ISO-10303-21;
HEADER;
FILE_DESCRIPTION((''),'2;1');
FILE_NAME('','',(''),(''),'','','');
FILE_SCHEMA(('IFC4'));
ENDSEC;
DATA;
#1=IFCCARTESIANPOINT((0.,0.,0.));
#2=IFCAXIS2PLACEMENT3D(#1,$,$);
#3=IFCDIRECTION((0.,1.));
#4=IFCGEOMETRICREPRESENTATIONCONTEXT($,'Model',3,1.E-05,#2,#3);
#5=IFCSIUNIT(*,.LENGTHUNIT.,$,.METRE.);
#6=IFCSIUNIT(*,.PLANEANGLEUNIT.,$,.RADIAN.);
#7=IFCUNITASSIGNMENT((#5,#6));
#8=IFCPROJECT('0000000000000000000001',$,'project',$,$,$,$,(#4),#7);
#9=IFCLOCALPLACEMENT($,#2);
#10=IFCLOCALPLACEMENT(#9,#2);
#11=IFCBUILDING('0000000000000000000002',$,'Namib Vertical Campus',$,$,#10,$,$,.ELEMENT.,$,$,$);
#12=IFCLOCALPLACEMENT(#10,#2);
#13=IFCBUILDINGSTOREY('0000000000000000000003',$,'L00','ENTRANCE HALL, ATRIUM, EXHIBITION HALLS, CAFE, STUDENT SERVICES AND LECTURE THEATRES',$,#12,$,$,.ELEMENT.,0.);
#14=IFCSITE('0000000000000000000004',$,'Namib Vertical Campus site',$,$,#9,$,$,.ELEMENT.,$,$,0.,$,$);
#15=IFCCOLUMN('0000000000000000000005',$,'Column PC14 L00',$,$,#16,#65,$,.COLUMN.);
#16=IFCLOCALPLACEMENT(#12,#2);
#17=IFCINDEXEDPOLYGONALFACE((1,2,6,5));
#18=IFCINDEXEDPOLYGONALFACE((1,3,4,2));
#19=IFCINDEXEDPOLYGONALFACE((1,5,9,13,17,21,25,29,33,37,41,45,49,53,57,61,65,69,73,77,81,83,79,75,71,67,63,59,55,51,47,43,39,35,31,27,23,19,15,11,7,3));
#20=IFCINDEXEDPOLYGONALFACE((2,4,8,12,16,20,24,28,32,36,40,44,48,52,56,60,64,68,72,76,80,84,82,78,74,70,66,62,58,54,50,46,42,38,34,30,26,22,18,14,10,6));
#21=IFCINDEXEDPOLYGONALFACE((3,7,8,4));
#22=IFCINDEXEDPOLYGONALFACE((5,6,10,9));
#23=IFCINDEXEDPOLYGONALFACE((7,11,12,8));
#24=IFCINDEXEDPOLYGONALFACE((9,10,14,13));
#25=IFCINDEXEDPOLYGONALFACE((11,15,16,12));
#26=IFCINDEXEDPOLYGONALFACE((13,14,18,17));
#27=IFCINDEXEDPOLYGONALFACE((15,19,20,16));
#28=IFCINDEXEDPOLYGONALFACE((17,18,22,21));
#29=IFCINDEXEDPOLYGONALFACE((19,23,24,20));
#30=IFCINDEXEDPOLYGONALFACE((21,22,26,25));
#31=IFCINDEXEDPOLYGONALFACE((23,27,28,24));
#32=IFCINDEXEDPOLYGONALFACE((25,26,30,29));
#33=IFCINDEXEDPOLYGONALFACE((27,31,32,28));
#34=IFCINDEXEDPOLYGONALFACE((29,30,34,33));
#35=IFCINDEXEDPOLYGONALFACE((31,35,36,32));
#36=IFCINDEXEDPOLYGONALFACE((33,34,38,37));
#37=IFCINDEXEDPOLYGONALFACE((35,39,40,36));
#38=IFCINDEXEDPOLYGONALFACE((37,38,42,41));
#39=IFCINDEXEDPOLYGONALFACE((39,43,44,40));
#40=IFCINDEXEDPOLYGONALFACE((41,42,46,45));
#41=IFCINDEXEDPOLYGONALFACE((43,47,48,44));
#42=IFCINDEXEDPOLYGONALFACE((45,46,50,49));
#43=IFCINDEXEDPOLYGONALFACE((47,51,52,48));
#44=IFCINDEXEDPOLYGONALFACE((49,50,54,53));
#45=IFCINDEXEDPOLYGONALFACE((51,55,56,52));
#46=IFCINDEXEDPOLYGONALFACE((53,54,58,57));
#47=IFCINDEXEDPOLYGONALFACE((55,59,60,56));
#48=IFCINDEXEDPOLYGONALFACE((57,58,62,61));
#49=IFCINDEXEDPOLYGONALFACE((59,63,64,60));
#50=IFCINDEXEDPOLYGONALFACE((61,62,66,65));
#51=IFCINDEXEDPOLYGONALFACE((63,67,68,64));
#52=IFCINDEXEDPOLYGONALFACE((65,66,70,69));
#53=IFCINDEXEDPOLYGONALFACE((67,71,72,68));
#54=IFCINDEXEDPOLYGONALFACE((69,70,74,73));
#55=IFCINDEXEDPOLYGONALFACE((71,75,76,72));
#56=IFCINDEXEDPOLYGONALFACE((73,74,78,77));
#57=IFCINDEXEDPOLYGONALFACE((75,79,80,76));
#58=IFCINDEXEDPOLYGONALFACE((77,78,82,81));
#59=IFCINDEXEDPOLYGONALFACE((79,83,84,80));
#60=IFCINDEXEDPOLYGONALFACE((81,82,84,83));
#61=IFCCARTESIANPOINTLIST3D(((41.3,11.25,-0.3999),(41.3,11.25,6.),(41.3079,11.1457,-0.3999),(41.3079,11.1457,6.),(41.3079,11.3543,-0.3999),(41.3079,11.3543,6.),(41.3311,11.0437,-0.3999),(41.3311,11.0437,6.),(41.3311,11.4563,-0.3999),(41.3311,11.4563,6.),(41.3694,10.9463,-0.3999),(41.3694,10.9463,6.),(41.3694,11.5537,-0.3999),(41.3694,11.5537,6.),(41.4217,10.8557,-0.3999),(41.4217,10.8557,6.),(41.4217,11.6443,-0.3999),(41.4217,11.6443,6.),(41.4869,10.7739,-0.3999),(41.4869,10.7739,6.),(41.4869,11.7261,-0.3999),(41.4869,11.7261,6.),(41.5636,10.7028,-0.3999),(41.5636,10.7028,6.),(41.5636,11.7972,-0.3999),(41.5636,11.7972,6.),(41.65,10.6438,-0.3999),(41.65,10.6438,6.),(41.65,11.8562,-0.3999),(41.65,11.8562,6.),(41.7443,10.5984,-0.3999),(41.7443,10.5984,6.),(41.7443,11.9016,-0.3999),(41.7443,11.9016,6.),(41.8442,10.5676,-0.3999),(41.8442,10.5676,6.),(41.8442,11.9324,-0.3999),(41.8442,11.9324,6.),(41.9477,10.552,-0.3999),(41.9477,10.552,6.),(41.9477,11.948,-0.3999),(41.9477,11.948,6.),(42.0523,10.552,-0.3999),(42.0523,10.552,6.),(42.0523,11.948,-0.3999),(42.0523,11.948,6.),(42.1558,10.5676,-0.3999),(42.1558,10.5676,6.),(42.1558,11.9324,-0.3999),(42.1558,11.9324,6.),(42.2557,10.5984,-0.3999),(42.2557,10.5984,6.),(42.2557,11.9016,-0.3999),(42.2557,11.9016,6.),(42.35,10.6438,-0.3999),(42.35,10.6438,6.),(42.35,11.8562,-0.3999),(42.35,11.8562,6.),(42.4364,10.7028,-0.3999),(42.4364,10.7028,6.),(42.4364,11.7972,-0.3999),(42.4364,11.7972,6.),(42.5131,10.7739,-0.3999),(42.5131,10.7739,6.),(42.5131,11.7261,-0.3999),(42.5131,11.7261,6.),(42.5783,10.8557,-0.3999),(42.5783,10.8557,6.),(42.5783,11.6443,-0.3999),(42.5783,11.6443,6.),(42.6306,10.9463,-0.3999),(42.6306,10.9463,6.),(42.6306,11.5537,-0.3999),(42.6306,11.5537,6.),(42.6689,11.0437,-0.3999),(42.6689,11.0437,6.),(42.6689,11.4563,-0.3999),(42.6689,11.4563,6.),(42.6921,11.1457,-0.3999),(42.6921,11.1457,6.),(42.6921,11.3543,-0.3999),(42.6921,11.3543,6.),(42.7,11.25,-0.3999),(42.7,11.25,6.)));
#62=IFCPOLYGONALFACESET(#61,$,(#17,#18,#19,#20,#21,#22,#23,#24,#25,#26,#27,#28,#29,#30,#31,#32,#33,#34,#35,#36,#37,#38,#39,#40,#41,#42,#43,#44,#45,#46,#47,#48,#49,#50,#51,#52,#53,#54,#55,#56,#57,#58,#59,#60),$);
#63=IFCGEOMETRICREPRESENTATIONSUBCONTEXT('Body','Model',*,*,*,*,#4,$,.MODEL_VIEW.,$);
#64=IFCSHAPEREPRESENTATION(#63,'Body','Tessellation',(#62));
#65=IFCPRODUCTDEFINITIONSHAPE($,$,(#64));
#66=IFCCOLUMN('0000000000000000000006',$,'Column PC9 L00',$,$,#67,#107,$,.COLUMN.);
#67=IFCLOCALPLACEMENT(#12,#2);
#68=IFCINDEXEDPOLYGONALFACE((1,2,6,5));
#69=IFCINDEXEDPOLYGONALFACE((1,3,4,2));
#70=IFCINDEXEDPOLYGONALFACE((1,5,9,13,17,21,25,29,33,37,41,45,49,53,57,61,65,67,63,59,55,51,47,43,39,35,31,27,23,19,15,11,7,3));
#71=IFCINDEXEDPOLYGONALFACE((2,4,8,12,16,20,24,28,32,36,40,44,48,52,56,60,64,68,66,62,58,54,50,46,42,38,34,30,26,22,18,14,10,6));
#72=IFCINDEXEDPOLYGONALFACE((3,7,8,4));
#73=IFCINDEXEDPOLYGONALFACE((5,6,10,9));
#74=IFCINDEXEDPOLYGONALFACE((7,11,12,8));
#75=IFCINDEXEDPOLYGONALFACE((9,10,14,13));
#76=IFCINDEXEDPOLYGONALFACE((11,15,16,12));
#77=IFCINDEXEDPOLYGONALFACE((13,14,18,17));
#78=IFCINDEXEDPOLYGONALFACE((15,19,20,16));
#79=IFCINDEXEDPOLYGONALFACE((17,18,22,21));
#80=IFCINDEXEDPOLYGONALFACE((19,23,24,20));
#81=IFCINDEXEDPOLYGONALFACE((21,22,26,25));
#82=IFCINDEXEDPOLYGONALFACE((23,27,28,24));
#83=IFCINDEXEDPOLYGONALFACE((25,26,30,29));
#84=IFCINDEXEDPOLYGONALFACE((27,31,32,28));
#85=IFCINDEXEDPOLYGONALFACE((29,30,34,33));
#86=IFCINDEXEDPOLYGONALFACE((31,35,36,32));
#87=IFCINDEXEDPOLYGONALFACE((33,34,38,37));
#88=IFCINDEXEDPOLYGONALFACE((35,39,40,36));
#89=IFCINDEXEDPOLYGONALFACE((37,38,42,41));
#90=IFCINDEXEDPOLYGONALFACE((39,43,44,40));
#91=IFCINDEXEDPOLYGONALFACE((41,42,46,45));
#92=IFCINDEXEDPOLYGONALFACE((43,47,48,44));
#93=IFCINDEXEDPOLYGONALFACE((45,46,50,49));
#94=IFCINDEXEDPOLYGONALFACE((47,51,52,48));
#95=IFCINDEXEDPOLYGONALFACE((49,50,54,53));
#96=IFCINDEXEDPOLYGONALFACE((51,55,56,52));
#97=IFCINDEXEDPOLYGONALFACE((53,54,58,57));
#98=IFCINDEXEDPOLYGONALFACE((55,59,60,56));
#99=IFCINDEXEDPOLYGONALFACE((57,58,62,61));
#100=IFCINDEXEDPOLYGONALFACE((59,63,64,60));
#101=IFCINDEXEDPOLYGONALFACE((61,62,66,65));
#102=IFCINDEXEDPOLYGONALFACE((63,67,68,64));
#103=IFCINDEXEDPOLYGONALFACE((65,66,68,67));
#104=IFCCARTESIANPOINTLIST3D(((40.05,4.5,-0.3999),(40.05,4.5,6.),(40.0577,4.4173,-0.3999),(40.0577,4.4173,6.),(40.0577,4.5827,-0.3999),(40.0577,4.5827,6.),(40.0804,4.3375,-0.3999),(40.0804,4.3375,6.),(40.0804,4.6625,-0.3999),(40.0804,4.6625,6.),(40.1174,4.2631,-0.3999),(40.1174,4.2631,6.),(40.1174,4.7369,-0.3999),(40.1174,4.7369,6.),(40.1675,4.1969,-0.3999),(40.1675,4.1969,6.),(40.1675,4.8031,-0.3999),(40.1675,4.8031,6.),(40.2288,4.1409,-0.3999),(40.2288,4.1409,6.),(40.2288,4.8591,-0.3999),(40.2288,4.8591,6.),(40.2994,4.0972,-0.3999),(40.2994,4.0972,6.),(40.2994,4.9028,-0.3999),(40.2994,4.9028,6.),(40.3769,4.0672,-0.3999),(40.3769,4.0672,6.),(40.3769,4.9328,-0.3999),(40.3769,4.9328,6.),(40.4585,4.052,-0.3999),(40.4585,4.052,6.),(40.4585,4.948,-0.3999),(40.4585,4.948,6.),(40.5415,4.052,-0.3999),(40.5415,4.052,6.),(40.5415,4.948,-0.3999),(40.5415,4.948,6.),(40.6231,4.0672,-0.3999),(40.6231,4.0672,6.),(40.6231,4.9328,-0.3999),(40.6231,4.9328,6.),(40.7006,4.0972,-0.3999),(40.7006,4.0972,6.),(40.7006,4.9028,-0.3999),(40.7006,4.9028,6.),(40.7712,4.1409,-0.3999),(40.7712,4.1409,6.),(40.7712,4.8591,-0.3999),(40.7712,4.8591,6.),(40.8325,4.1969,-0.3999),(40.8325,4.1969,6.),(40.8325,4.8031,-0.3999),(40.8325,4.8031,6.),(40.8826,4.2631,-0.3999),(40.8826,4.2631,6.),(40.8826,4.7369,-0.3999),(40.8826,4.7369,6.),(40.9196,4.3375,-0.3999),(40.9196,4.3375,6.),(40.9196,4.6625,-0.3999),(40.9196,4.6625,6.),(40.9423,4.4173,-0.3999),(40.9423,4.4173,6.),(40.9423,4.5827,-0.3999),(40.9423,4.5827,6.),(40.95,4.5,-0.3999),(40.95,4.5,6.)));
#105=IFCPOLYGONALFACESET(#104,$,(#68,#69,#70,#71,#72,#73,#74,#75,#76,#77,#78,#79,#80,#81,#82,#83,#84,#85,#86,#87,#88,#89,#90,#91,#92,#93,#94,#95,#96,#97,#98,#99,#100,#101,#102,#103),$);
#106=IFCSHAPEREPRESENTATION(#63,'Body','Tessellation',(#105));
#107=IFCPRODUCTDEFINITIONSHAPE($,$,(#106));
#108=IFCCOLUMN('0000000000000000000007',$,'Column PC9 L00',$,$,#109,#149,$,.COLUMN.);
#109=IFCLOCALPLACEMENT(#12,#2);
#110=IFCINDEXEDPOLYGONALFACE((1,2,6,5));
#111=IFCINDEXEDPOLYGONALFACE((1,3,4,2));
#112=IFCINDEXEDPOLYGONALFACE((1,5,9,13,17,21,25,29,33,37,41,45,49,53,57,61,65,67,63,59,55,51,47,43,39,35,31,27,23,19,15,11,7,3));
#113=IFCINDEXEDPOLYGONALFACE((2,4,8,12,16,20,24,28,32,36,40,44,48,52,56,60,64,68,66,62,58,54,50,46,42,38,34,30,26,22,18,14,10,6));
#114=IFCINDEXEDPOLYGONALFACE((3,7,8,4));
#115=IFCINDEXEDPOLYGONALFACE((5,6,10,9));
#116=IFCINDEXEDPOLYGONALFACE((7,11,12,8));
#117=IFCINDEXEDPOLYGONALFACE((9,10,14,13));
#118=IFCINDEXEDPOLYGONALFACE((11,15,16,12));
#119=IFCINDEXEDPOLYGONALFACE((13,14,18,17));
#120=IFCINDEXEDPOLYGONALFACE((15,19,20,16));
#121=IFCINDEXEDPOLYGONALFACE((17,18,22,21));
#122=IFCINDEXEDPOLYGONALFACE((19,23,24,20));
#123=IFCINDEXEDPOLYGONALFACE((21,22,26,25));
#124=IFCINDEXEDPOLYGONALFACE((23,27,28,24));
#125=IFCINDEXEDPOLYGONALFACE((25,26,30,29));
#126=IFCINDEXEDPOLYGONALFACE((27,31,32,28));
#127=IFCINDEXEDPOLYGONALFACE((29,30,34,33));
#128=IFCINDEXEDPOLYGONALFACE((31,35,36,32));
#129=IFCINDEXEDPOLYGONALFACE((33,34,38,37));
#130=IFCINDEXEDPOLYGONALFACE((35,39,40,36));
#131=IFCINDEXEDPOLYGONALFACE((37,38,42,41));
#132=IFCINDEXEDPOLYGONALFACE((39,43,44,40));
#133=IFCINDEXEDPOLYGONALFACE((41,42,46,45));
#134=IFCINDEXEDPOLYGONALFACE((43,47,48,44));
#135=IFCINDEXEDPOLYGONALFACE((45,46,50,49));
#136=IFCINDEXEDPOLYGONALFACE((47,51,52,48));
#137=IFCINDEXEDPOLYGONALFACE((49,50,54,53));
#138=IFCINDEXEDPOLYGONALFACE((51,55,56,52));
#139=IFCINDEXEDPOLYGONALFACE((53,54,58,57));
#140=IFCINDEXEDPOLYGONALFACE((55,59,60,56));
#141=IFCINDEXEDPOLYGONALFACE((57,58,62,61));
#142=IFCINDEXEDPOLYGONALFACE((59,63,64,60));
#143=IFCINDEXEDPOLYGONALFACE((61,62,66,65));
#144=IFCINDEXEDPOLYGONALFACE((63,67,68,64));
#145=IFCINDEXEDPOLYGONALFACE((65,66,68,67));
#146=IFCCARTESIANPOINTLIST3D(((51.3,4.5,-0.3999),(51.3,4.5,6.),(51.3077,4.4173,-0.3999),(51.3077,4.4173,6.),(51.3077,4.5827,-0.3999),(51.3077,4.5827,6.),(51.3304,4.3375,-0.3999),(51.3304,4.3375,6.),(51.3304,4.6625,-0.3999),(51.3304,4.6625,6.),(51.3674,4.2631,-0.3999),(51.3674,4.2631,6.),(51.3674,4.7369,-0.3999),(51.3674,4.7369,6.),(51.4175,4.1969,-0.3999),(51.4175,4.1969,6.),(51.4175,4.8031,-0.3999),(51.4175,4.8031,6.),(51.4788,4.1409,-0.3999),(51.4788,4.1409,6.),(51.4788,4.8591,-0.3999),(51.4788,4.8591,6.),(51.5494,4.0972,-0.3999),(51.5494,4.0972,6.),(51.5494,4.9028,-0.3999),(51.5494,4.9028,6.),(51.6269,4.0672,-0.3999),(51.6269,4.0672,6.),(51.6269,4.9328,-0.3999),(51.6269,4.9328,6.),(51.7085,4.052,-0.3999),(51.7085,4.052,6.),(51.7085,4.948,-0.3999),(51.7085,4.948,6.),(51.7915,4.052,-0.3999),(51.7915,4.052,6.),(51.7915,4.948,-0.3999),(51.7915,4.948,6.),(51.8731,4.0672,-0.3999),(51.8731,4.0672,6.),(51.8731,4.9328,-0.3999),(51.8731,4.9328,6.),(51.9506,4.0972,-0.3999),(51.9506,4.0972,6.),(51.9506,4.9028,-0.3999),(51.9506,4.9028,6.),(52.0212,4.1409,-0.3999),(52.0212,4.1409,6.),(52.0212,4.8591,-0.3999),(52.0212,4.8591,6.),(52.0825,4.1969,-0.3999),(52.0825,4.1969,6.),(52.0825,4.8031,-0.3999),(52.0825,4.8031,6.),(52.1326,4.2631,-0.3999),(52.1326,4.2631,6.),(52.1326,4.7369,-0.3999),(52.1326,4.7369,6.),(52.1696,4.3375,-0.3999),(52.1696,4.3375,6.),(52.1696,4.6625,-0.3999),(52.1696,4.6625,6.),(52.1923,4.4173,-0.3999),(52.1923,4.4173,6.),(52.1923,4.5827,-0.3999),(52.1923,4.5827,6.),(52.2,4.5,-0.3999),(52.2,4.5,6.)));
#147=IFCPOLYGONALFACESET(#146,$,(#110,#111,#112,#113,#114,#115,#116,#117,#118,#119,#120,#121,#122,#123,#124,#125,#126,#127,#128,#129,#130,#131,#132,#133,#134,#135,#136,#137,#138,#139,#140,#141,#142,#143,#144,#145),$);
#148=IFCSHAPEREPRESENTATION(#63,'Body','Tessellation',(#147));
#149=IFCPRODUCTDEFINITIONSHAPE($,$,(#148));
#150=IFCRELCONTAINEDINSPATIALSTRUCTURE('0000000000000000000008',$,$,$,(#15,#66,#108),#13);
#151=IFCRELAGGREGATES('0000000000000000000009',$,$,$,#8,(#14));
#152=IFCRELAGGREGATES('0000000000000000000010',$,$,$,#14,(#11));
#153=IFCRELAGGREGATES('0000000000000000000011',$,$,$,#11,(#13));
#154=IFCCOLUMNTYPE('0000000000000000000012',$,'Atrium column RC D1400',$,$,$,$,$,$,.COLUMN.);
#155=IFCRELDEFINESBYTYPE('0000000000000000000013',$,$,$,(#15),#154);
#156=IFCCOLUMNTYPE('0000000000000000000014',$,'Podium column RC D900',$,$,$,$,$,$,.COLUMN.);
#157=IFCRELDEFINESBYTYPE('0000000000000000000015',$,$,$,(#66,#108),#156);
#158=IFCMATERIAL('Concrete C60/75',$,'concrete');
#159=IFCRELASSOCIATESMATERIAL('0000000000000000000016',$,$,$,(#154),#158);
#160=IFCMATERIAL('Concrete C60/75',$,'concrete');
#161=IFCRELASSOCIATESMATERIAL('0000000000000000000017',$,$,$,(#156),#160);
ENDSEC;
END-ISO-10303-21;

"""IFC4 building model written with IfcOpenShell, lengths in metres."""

from ifc_helpers import new_model, si_unit, direction, frame, origin, origin_2d, place, context, subcontext, project, spatial, circle, extrude, material, material_profile, profile_set, type_object, element, save


model = new_model("IFC4")

# Units and contexts
model_context = context("Model", 3, precision=1e-05, world=origin(), true_north=direction((0.0, 1.0)))
body_context = subcontext(model_context, "Body", "Model", "MODEL_VIEW")
ifc_project = project(units=[si_unit("LENGTHUNIT", "METRE"), si_unit("PLANEANGLEUNIT", "RADIAN")], contexts=[model_context])

# Site, building, storey
site_placement = place(None, origin())
site = spatial("IfcSite", under=ifc_project, at=site_placement, Name="Namib Vertical Campus site", CompositionType="ELEMENT", RefElevation=0.0)
building_placement = place(site_placement, origin())
building = spatial("IfcBuilding", under=site, at=building_placement, Name="Namib Vertical Campus", CompositionType="ELEMENT")
storey_placement = place(building_placement, origin())
storey = spatial("IfcBuildingStorey", under=building, at=storey_placement, Name="L00", Description="ENTRANCE HALL, ATRIUM, EXHIBITION HALLS, CAFE, STUDENT SERVICES AND LECTURE THEATRES", CompositionType="ELEMENT", Elevation=0.0)

# Columns
ifc_material_1 = material(Name="Concrete C60/75", Category="concrete")
ifc_material_profile_1 = material_profile(ifc_material_1, circle(Radius=0.7, at=origin_2d()))
ifc_profile_set_1 = profile_set([ifc_material_profile_1], Name="Concrete C60/75")
column_type_1 = type_object("IfcColumnType", Name="Atrium column RC D1400", PredefinedType="COLUMN", material=ifc_profile_set_1)
column_placement = place(storey_placement, frame((42.0, 11.25, -0.3999), z_axis=(0.0, 0.0, 1.0), x_axis=(1.0, 0.0, 0.0)))
element("IfcColumn", 1, at=column_placement, inside=storey, type_object=column_type_1, Name="Column PC14 L00", PredefinedType="COLUMN", context=body_context, shape_type="SweptSolid", body=[
    extrude(circle(Radius=0.7, at=origin_2d()), origin(), (0.0, 0.0, 1.0), 6.3999),
])
ifc_material_2 = material(Name="Concrete C60/75", Category="concrete")
ifc_material_profile_2 = material_profile(ifc_material_2, circle(Radius=0.45, at=origin_2d()))
ifc_profile_set_2 = profile_set([ifc_material_profile_2], Name="Concrete C60/75")
column_type_2 = type_object("IfcColumnType", Name="Podium column RC D900", PredefinedType="COLUMN", material=ifc_profile_set_2)
for number, where, z_axis, x_axis, name in (
    (2, (40.5, 4.5, -0.3999), (0.0, 0.0, 1.0), (1.0, 0.0, 0.0), "Column PC9 L00"),
    (3, (51.75, 4.5, -0.3999), (0.0, 0.0, 1.0), (1.0, 0.0, 0.0), "Column PC9 L00"),
):
    element("IfcColumn", number, at=place(storey_placement, frame(where, z_axis=z_axis, x_axis=x_axis)), inside=storey, type_object=column_type_2, Name=name, PredefinedType="COLUMN", context=body_context, shape_type="SweptSolid", body=[
        extrude(circle(Radius=0.45, at=origin_2d()), origin(), (0.0, 0.0, 1.0), 6.3999),
    ])

save(model, "model.ifc")
